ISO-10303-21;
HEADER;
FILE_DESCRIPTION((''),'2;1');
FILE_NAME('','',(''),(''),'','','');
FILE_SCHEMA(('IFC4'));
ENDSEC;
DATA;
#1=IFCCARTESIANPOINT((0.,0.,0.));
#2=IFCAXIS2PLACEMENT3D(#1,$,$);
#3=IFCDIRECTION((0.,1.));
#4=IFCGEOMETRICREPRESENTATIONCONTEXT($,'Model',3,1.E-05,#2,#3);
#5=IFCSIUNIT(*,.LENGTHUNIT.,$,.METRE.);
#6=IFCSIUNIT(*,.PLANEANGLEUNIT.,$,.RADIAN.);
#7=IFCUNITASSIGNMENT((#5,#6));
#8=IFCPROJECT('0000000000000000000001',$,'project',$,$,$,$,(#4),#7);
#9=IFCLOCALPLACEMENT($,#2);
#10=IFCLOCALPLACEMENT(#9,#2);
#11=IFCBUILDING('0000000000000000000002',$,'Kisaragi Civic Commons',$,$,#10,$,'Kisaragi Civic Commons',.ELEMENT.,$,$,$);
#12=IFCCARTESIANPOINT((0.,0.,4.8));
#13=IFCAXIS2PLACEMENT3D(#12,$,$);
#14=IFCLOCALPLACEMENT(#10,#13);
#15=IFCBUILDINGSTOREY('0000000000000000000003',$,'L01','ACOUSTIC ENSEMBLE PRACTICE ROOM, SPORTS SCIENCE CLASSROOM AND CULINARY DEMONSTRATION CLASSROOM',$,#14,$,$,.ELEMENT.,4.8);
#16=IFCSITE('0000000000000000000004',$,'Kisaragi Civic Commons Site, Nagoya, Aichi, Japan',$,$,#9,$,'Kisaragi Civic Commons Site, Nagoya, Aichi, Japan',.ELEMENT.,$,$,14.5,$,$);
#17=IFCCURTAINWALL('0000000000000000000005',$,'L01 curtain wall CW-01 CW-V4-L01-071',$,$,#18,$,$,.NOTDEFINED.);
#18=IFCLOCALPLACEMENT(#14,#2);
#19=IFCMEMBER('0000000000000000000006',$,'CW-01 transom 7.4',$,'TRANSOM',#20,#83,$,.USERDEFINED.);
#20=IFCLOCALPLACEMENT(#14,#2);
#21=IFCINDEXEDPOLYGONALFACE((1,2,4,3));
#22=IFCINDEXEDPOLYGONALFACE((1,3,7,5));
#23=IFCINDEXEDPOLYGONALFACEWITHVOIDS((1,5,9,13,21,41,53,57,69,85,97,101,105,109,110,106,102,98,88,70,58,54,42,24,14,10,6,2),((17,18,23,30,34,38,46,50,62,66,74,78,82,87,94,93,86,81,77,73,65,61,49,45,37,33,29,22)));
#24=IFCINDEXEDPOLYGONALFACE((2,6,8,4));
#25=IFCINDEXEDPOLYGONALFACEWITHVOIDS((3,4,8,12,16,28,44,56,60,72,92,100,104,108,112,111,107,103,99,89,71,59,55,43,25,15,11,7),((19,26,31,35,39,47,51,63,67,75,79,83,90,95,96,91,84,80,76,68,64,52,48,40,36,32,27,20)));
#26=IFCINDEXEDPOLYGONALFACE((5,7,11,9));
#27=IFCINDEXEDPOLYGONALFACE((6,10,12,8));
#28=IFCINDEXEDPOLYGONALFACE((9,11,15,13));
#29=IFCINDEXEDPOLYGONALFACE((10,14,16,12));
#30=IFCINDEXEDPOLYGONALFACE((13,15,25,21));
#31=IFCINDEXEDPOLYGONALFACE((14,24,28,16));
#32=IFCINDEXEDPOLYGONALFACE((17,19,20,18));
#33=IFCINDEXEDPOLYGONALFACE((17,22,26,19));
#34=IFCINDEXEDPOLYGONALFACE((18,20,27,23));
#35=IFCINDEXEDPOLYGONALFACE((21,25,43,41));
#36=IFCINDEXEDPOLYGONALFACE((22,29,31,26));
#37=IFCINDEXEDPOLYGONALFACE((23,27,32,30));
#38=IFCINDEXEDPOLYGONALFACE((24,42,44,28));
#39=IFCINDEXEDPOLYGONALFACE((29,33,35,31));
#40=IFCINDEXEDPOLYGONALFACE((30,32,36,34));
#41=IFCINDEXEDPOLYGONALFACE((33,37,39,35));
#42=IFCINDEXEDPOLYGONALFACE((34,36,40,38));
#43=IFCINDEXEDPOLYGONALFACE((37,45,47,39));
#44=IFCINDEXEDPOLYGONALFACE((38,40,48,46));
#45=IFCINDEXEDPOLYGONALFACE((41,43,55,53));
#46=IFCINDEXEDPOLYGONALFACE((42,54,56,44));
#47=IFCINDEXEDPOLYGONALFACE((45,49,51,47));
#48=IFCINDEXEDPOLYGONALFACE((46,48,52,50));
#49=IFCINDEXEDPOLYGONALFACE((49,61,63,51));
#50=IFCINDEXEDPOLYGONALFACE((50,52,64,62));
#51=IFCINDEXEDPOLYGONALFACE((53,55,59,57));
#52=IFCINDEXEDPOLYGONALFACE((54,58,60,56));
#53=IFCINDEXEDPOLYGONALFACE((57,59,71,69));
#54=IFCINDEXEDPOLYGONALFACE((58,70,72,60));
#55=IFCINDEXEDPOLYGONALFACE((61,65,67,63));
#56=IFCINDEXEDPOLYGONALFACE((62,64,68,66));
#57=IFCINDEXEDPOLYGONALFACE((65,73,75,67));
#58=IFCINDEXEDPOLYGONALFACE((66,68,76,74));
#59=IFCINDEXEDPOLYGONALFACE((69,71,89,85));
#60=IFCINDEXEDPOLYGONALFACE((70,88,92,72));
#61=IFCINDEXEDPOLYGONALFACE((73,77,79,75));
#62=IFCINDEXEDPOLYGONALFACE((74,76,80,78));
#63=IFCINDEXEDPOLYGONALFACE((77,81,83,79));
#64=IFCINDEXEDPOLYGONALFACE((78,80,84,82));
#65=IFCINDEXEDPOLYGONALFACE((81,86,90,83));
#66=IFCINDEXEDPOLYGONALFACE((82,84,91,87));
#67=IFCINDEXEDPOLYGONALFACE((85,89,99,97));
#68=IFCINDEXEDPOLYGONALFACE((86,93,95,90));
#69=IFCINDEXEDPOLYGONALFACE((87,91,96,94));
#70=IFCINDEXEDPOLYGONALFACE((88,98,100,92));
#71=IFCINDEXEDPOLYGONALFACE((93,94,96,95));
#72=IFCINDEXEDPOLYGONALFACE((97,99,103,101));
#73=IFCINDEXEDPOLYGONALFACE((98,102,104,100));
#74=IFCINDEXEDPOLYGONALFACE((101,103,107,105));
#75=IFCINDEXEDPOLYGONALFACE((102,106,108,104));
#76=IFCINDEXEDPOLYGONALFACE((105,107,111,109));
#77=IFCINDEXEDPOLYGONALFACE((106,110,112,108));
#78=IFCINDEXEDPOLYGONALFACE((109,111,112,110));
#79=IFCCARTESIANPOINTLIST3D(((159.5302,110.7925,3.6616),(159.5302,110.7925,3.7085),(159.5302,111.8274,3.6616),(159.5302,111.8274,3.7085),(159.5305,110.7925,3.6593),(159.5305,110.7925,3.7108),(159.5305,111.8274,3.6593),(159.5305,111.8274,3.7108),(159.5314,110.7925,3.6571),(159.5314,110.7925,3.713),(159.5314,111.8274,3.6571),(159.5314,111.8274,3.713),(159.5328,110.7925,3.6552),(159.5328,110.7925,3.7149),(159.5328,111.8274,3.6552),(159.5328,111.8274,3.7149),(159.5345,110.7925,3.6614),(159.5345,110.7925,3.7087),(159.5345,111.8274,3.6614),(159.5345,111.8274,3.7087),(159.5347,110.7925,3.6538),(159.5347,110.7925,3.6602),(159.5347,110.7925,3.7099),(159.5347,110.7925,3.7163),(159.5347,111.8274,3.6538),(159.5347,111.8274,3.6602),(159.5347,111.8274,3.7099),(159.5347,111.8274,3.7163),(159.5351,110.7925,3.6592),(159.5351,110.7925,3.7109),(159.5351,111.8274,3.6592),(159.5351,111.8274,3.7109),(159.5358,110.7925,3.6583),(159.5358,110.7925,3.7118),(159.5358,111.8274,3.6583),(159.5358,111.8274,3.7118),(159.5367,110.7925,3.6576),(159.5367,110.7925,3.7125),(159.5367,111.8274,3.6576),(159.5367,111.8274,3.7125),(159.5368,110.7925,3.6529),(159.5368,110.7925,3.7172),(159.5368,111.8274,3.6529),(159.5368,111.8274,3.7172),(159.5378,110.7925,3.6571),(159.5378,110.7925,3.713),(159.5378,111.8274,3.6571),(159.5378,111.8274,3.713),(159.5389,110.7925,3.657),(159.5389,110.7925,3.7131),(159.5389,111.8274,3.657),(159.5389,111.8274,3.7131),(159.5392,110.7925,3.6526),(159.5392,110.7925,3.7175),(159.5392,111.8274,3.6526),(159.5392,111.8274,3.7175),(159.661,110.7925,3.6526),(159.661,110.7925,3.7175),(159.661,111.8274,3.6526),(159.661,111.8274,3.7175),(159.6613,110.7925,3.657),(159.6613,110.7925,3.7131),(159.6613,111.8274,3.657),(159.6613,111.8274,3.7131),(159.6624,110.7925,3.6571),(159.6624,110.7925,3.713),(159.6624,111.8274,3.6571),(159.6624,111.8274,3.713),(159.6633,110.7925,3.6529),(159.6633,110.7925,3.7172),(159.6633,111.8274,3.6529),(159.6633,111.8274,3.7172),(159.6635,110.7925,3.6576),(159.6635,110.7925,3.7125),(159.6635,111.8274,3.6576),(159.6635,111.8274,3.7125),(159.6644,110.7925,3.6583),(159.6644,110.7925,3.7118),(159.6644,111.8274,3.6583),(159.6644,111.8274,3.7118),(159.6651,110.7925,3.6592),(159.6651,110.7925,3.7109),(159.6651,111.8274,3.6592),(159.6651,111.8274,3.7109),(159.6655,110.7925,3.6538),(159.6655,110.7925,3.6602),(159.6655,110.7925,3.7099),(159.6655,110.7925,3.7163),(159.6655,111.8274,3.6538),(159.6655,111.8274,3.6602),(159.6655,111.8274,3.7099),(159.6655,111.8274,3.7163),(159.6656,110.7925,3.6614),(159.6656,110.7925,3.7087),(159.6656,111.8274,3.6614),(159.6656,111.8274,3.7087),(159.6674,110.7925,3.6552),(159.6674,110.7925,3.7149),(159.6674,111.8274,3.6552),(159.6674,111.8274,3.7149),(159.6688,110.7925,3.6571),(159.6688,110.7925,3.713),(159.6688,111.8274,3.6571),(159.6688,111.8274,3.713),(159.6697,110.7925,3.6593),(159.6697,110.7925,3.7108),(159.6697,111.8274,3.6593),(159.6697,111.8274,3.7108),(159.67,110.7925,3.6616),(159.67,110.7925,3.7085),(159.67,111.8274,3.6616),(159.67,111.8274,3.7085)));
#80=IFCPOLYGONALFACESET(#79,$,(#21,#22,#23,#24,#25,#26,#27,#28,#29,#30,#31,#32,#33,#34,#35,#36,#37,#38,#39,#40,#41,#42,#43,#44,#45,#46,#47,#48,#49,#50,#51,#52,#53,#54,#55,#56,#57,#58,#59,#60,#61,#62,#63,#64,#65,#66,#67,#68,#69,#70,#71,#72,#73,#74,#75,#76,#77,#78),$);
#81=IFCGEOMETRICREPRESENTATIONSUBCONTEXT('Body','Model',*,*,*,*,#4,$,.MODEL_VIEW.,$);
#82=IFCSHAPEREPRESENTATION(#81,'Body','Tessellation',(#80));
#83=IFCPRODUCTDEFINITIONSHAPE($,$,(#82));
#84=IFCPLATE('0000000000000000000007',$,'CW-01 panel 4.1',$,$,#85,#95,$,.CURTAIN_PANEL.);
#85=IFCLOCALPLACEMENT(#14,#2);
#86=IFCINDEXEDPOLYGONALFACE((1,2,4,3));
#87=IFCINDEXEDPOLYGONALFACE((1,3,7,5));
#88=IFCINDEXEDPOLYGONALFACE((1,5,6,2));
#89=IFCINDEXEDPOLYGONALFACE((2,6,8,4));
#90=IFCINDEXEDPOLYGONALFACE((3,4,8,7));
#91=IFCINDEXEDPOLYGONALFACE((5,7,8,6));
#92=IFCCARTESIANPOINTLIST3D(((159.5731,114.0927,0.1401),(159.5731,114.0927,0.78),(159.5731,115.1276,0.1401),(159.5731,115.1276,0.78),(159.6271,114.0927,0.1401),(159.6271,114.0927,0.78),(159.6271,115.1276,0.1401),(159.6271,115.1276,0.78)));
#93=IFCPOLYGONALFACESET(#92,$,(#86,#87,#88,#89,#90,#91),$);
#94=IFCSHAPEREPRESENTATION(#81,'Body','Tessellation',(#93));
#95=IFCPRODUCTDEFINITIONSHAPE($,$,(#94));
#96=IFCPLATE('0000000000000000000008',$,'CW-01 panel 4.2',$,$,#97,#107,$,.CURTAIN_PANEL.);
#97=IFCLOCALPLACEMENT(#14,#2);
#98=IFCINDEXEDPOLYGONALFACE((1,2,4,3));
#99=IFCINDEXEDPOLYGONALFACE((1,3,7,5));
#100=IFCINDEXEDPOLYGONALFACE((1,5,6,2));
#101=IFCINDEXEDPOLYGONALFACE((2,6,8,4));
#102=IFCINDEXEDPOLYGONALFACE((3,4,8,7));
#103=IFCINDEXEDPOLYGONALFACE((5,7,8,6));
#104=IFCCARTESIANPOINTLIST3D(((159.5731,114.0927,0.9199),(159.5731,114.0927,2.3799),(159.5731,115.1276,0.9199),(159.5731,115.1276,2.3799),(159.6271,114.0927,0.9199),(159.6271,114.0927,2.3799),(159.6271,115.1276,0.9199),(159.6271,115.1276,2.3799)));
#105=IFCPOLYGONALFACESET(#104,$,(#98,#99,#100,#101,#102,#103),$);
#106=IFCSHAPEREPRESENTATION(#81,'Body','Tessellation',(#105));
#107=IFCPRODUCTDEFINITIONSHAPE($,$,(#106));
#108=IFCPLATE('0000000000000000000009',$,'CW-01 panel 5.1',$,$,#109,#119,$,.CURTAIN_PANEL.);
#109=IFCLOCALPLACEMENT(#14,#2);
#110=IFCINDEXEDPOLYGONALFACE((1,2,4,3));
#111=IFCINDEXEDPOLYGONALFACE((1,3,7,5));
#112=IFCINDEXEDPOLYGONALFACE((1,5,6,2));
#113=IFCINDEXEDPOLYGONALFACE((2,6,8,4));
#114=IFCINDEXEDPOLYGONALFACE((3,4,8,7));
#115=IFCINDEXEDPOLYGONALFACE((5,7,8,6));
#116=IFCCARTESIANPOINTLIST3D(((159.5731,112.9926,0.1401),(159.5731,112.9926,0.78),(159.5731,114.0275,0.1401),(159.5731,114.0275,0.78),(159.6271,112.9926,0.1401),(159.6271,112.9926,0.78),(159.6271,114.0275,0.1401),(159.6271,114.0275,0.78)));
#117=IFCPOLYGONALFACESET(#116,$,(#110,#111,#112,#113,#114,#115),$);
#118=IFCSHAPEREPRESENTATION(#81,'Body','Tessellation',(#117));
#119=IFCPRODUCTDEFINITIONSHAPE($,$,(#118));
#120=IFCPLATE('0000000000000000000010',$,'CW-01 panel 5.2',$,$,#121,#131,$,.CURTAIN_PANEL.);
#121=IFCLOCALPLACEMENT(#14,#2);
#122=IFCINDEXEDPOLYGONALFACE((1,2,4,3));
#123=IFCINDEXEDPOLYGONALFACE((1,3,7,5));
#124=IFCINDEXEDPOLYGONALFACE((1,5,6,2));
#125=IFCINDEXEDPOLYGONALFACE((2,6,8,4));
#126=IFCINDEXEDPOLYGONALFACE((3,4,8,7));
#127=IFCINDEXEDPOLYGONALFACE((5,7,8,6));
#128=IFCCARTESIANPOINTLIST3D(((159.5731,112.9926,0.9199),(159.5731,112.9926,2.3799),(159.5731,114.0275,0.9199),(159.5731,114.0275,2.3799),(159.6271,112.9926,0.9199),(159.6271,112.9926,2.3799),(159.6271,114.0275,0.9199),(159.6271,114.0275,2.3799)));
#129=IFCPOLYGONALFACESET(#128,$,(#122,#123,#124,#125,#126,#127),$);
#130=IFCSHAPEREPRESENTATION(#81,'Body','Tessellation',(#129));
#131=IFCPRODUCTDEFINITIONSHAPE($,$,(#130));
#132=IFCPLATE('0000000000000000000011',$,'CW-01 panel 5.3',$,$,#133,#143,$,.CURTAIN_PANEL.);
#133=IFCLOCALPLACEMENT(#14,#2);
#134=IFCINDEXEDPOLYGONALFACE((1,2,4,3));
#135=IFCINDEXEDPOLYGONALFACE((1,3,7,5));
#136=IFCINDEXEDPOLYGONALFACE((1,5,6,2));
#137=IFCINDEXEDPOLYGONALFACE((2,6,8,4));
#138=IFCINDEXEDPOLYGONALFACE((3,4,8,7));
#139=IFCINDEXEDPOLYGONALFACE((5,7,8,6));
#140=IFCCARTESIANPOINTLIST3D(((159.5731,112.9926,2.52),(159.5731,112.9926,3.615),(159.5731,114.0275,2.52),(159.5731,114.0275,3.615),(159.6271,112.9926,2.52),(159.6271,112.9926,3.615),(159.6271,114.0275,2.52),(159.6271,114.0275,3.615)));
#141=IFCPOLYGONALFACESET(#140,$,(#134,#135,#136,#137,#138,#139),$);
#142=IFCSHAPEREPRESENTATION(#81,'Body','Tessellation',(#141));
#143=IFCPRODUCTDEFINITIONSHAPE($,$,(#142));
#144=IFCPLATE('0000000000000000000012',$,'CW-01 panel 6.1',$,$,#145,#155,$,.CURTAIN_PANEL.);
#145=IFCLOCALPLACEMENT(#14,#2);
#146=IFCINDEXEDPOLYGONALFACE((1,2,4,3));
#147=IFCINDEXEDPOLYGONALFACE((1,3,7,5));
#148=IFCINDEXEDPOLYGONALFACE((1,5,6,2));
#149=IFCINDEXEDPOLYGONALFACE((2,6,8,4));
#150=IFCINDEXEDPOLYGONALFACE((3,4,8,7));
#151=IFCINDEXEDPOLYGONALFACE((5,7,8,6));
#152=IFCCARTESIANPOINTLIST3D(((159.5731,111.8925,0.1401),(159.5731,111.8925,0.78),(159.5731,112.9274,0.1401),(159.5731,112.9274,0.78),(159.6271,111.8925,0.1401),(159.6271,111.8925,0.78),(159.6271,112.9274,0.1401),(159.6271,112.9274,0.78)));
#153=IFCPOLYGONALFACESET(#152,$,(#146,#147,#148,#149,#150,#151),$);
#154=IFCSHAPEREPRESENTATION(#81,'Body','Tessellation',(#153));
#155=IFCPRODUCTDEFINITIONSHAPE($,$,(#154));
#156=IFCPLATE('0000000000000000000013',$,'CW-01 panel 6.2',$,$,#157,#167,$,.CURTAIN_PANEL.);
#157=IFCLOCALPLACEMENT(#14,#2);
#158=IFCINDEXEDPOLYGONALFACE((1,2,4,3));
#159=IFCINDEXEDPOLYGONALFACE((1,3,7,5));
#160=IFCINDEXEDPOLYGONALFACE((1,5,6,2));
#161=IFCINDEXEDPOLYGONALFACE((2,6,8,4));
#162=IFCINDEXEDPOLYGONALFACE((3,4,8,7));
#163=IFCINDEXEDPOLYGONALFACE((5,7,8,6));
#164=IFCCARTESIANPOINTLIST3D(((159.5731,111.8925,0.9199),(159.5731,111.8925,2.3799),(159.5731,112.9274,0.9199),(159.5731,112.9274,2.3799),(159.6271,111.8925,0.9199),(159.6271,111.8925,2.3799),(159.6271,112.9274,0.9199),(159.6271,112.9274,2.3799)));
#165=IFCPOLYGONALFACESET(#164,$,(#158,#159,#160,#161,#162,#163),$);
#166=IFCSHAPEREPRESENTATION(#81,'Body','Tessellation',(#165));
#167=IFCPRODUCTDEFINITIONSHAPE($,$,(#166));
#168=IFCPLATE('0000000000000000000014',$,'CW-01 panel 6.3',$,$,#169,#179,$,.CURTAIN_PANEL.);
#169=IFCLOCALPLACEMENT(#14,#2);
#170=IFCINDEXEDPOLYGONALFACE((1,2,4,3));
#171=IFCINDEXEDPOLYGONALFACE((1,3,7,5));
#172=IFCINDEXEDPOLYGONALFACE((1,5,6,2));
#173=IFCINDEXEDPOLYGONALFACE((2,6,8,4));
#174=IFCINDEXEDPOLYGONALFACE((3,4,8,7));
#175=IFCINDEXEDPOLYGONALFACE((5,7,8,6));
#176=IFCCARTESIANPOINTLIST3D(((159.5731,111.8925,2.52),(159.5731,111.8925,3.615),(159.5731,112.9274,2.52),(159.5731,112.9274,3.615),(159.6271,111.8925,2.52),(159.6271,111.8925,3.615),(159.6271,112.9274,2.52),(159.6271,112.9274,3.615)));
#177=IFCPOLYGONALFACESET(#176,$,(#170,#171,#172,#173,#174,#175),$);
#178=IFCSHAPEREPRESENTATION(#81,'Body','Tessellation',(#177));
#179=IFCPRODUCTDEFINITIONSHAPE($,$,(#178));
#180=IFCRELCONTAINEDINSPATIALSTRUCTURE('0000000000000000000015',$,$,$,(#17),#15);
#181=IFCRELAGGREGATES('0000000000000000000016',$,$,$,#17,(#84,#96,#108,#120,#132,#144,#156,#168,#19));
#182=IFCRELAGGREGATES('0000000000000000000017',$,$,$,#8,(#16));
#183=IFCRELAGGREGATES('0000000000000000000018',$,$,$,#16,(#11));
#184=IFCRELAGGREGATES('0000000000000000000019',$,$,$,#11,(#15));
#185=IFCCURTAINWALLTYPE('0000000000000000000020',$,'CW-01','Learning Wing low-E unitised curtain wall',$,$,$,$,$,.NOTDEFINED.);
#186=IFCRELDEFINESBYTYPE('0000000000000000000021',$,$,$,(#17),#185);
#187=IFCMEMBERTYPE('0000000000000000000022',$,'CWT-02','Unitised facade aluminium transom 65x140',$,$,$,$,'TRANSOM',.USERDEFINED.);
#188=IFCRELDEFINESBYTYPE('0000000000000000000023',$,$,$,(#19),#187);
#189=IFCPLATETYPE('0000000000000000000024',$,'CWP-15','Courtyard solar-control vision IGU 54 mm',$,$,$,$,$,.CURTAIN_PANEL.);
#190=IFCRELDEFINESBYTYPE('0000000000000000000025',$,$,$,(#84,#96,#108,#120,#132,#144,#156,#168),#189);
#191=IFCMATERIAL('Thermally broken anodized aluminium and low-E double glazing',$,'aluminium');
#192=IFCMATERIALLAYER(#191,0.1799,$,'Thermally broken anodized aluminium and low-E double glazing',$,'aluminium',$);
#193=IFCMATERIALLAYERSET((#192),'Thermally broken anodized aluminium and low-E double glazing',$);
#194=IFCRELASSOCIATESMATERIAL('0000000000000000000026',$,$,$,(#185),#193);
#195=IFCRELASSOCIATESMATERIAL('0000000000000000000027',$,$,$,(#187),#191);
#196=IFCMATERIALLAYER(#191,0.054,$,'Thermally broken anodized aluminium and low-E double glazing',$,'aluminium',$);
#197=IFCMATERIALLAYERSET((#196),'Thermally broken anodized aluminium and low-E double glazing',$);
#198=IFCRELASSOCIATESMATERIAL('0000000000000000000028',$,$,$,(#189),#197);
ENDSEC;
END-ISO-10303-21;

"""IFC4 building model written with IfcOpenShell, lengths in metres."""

from ifc_helpers import new_model, si_unit, direction, frame, origin, origin_2d, place, context, subcontext, project, spatial, rectangle, hollow_rectangle, extrude, material, layer, layer_set, material_profile, profile_set, type_object, element, aggregate, save


model = new_model("IFC4")

# Units and contexts
model_context = context("Model", 3, precision=1e-05, world=origin(), true_north=direction((0.0, 1.0)))
body_context = subcontext(model_context, "Body", "Model", "MODEL_VIEW")
ifc_project = project(units=[si_unit("LENGTHUNIT", "METRE"), si_unit("PLANEANGLEUNIT", "RADIAN")], contexts=[model_context])

# Site, building, storey
site_placement = place(None, origin())
site = spatial("IfcSite", under=ifc_project, at=site_placement, Name="Kisaragi Civic Commons Site, Nagoya, Aichi, Japan", LongName="Kisaragi Civic Commons Site, Nagoya, Aichi, Japan", CompositionType="ELEMENT", RefElevation=14.5)
building_placement = place(site_placement, origin())
building = spatial("IfcBuilding", under=site, at=building_placement, Name="Kisaragi Civic Commons", LongName="Kisaragi Civic Commons", CompositionType="ELEMENT")
storey_placement = place(building_placement, frame((0.0, 0.0, 4.8)))
storey = spatial("IfcBuildingStorey", under=building, at=storey_placement, Name="L01", Description="ACOUSTIC ENSEMBLE PRACTICE ROOM, SPORTS SCIENCE CLASSROOM AND CULINARY DEMONSTRATION CLASSROOM", CompositionType="ELEMENT", Elevation=4.8)

# Curtain wall, member, plates
ifc_material = material(Name="Thermally broken anodized aluminium and low-E double glazing", Category="aluminium")
ifc_layer_1 = layer(ifc_material, 0.1799, Name="Thermally broken anodized aluminium and low-E double glazing", Category="aluminium")
ifc_layer_set_1 = layer_set([ifc_layer_1], Name="Thermally broken anodized aluminium and low-E double glazing")
curtain_wall_type = type_object("IfcCurtainWallType", Name="CW-01", Description="Learning Wing low-E unitised curtain wall", PredefinedType="NOTDEFINED", material=ifc_layer_set_1)
curtain_wall_placement = place(storey_placement, origin())
curtain_wall = element("IfcCurtainWall", 1, at=curtain_wall_placement, inside=storey, type_object=curtain_wall_type, Name="L01 curtain wall CW-01 CW-V4-L01-071", PredefinedType="NOTDEFINED")
ifc_material_profile_1 = material_profile(ifc_material, hollow_rectangle(XDim=0.1399, YDim=0.0649, WallThickness=0.0044, InnerFilletRadius=0.0044, OuterFilletRadius=0.009, at=origin_2d()), Name="CWT-65x140x4.5", Category="aluminium")
ifc_profile_set_1 = profile_set([ifc_material_profile_1], Name="Thermally broken anodized aluminium and low-E double glazing")
member_type_1 = type_object("IfcMemberType", Name="CWT-02", Description="Unitised facade aluminium transom 65x140", ElementType="TRANSOM", PredefinedType="USERDEFINED", material=ifc_profile_set_1)
member_1_placement = place(storey_placement, frame((159.6001, 111.8274, 3.6851), z_axis=(0.0, -1.0, 0.0), x_axis=(1.0, 0.0, 0.0)))
member_1 = element("IfcMember", 2, at=member_1_placement, type_object=member_type_1, Name="CW-01 transom 7.4", ObjectType="TRANSOM", PredefinedType="USERDEFINED", context=body_context, shape_type="SweptSolid", body=[
    extrude(hollow_rectangle(XDim=0.1399, YDim=0.0649, WallThickness=0.0044, InnerFilletRadius=0.0044, OuterFilletRadius=0.009, at=origin_2d()), origin(), (0.0, 0.0, 1.0), 1.0349),
])
ifc_layer_2 = layer(ifc_material, 0.054, Name="Thermally broken anodized aluminium and low-E double glazing", Category="aluminium")
ifc_layer_set_2 = layer_set([ifc_layer_2], Name="Thermally broken anodized aluminium and low-E double glazing")
plate_type = type_object("IfcPlateType", Name="CWP-15", Description="Courtyard solar-control vision IGU 54 mm", PredefinedType="CURTAIN_PANEL", material=ifc_layer_set_2)
plate_1_placement = place(storey_placement, frame((159.6001, 114.6101, 0.1401), z_axis=(0.0, 0.0, 1.0), x_axis=(0.0, -1.0, 0.0)))
plate_1 = element("IfcPlate", 3, at=plate_1_placement, type_object=plate_type, Name="CW-01 panel 4.1", PredefinedType="CURTAIN_PANEL", context=body_context, shape_type="SweptSolid", body=[
    extrude(rectangle(XDim=1.0349, YDim=0.054, at=origin_2d()), origin(), (0.0, 0.0, 1.0), 0.6399),
])
plate_2_placement = place(storey_placement, frame((159.6001, 114.6101, 0.9199), z_axis=(0.0, 0.0, 1.0), x_axis=(0.0, -1.0, 0.0)))
plate_2 = element("IfcPlate", 4, at=plate_2_placement, type_object=plate_type, Name="CW-01 panel 4.2", PredefinedType="CURTAIN_PANEL", context=body_context, shape_type="SweptSolid", body=[
    extrude(rectangle(XDim=1.0349, YDim=0.054, at=origin_2d()), origin(), (0.0, 0.0, 1.0), 1.46),
])
plate_3_placement = place(storey_placement, frame((159.6001, 113.51, 0.1401), z_axis=(0.0, 0.0, 1.0), x_axis=(0.0, -1.0, 0.0)))
plate_3 = element("IfcPlate", 5, at=plate_3_placement, type_object=plate_type, Name="CW-01 panel 5.1", PredefinedType="CURTAIN_PANEL", context=body_context, shape_type="SweptSolid", body=[
    extrude(rectangle(XDim=1.0349, YDim=0.054, at=origin_2d()), origin(), (0.0, 0.0, 1.0), 0.6399),
])
plate_4_placement = place(storey_placement, frame((159.6001, 113.51, 0.9199), z_axis=(0.0, 0.0, 1.0), x_axis=(0.0, -1.0, 0.0)))
plate_4 = element("IfcPlate", 6, at=plate_4_placement, type_object=plate_type, Name="CW-01 panel 5.2", PredefinedType="CURTAIN_PANEL", context=body_context, shape_type="SweptSolid", body=[
    extrude(rectangle(XDim=1.0349, YDim=0.054, at=origin_2d()), origin(), (0.0, 0.0, 1.0), 1.46),
])
plate_5_placement = place(storey_placement, frame((159.6001, 113.51, 2.52), z_axis=(0.0, 0.0, 1.0), x_axis=(0.0, -1.0, 0.0)))
plate_5 = element("IfcPlate", 7, at=plate_5_placement, type_object=plate_type, Name="CW-01 panel 5.3", PredefinedType="CURTAIN_PANEL", context=body_context, shape_type="SweptSolid", body=[
    extrude(rectangle(XDim=1.0349, YDim=0.054, at=origin_2d()), origin(), (0.0, 0.0, 1.0), 1.095),
])
plate_6_placement = place(storey_placement, frame((159.6001, 112.4099, 0.1401), z_axis=(0.0, 0.0, 1.0), x_axis=(0.0, -1.0, 0.0)))
plate_6 = element("IfcPlate", 8, at=plate_6_placement, type_object=plate_type, Name="CW-01 panel 6.1", PredefinedType="CURTAIN_PANEL", context=body_context, shape_type="SweptSolid", body=[
    extrude(rectangle(XDim=1.0349, YDim=0.054, at=origin_2d()), origin(), (0.0, 0.0, 1.0), 0.6399),
])
plate_7_placement = place(storey_placement, frame((159.6001, 112.4099, 0.9199), z_axis=(0.0, 0.0, 1.0), x_axis=(0.0, -1.0, 0.0)))
plate_7 = element("IfcPlate", 9, at=plate_7_placement, type_object=plate_type, Name="CW-01 panel 6.2", PredefinedType="CURTAIN_PANEL", context=body_context, shape_type="SweptSolid", body=[
    extrude(rectangle(XDim=1.0349, YDim=0.054, at=origin_2d()), origin(), (0.0, 0.0, 1.0), 1.46),
])
plate_8_placement = place(storey_placement, frame((159.6001, 112.4099, 2.52), z_axis=(0.0, 0.0, 1.0), x_axis=(0.0, -1.0, 0.0)))
plate_8 = element("IfcPlate", 10, at=plate_8_placement, type_object=plate_type, Name="CW-01 panel 6.3", PredefinedType="CURTAIN_PANEL", context=body_context, shape_type="SweptSolid", body=[
    extrude(rectangle(XDim=1.0349, YDim=0.054, at=origin_2d()), origin(), (0.0, 0.0, 1.0), 1.095),
])
aggregate(curtain_wall, [plate_1, plate_2, plate_3, plate_4, plate_5, plate_6, plate_7, plate_8, member_1])

save(model, "model.ifc")
